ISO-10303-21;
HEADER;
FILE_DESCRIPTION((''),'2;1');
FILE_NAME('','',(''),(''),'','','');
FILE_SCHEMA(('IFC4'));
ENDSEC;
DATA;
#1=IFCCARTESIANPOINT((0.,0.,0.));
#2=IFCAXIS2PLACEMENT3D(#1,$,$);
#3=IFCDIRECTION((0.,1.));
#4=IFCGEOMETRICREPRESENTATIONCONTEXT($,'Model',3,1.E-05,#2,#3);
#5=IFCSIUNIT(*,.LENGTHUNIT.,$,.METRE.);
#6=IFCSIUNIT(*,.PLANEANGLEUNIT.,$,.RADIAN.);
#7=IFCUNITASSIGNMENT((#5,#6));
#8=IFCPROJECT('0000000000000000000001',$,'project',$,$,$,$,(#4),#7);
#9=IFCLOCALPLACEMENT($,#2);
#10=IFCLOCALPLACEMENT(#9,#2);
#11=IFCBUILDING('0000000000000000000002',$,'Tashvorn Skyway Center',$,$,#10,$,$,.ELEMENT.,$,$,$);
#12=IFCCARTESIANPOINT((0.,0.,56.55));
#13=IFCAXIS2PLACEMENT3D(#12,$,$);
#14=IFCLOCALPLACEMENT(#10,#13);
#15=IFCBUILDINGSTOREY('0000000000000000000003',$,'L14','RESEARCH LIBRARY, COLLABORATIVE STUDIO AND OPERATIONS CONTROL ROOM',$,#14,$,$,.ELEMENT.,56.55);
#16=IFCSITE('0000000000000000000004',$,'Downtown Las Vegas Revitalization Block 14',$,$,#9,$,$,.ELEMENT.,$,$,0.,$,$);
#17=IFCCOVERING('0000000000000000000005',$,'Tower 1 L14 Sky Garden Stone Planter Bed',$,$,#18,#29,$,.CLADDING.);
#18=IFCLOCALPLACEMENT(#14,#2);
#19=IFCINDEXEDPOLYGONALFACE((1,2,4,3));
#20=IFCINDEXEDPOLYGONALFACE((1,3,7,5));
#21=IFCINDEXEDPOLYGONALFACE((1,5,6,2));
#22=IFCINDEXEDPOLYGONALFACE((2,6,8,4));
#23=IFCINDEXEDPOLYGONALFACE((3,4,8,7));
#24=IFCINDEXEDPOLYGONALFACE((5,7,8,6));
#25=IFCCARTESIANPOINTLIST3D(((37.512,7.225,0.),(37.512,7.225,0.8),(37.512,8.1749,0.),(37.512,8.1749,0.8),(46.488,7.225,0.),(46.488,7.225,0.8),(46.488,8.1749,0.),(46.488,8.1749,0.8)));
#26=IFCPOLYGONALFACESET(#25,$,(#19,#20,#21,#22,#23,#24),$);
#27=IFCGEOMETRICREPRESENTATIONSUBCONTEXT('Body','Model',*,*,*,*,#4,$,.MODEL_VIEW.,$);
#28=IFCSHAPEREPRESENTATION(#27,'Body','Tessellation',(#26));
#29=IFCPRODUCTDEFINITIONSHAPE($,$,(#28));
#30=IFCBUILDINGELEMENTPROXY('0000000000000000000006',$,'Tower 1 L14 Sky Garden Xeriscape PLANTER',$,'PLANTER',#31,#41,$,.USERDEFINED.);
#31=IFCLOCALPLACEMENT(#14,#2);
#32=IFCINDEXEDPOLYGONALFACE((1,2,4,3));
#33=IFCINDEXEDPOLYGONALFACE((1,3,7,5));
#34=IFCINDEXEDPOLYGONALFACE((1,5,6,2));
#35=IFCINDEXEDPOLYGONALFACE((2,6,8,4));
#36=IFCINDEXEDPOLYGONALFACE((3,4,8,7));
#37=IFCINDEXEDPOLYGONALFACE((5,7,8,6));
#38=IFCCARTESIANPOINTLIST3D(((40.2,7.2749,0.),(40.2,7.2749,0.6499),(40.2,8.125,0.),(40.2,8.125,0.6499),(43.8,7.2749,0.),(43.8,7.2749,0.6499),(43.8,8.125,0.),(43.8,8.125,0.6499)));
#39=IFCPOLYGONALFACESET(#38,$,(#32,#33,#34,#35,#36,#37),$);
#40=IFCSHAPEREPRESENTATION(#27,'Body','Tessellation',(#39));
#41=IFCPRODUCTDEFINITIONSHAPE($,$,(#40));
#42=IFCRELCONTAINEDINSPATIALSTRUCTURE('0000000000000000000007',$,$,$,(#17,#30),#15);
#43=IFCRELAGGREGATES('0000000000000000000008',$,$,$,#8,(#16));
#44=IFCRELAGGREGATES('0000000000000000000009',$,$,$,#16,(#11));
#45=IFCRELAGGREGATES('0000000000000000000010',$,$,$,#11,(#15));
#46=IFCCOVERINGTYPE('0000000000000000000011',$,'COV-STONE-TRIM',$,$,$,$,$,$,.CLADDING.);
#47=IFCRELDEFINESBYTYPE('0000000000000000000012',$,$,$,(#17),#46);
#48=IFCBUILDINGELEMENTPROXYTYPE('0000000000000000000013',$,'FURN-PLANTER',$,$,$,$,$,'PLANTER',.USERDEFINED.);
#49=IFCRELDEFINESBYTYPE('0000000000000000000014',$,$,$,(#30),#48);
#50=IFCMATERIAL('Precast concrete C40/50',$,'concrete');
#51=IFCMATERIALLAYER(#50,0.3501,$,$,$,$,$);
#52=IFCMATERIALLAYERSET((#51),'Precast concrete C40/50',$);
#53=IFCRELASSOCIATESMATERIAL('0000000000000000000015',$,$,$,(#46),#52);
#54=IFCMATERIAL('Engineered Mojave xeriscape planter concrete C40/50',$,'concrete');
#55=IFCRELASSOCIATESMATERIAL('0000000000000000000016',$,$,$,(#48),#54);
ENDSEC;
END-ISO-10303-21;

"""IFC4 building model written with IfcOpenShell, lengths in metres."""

from ifc_helpers import new_model, si_unit, direction, frame, origin, origin_2d, place, context, subcontext, project, spatial, rectangle, extrude, material, layer, layer_set, type_object, element, save


model = new_model("IFC4")

# Units and contexts
model_context = context("Model", 3, precision=1e-05, world=origin(), true_north=direction((0.0, 1.0)))
body_context = subcontext(model_context, "Body", "Model", "MODEL_VIEW")
ifc_project = project(units=[si_unit("LENGTHUNIT", "METRE"), si_unit("PLANEANGLEUNIT", "RADIAN")], contexts=[model_context])

# Site, building, storey
site_placement = place(None, origin())
site = spatial("IfcSite", under=ifc_project, at=site_placement, Name="Downtown Las Vegas Revitalization Block 14", CompositionType="ELEMENT", RefElevation=0.0)
building_placement = place(site_placement, origin())
building = spatial("IfcBuilding", under=site, at=building_placement, Name="Tashvorn Skyway Center", CompositionType="ELEMENT")
storey_placement = place(building_placement, frame((0.0, 0.0, 56.55)))
storey = spatial("IfcBuildingStorey", under=building, at=storey_placement, Name="L14", Description="RESEARCH LIBRARY, COLLABORATIVE STUDIO AND OPERATIONS CONTROL ROOM", CompositionType="ELEMENT", Elevation=56.55)

# Covering
ifc_material_1 = material(Name="Precast concrete C40/50", Category="concrete")
ifc_layer_1 = layer(ifc_material_1, 0.3501)
ifc_layer_set_1 = layer_set([ifc_layer_1], Name="Precast concrete C40/50")
covering_type = type_object("IfcCoveringType", Name="COV-STONE-TRIM", PredefinedType="CLADDING", material=ifc_layer_set_1)
covering_1_placement = place(storey_placement, frame((42.0, 7.7, 0.0), z_axis=(0.0, 0.0, 1.0), x_axis=(-1.0, 0.0, 0.0)))
element("IfcCovering", 1, at=covering_1_placement, inside=storey, type_object=covering_type, Name="Tower 1 L14 Sky Garden Stone Planter Bed", PredefinedType="CLADDING", context=body_context, shape_type="SweptSolid", body=[
    extrude(rectangle(XDim=8.9761, YDim=0.95, at=origin_2d()), origin(), (0.0, 0.0, 1.0), 0.8),
])

# Building element proxy
ifc_material_2 = material(Name="Engineered Mojave xeriscape planter concrete C40/50", Category="concrete")
building_element_proxy_type = type_object("IfcBuildingElementProxyType", Name="FURN-PLANTER", ElementType="PLANTER", PredefinedType="USERDEFINED", material=ifc_material_2)
proxy_placement = place(storey_placement, frame((42.0, 7.7, 0.0), z_axis=(0.0, 0.0, 1.0), x_axis=(-1.0, 0.0, 0.0)))
element("IfcBuildingElementProxy", 2, at=proxy_placement, inside=storey, type_object=building_element_proxy_type, Name="Tower 1 L14 Sky Garden Xeriscape PLANTER", ObjectType="PLANTER", PredefinedType="USERDEFINED", context=body_context, shape_type="SweptSolid", body=[
    extrude(rectangle(XDim=3.6001, YDim=0.8501, at=origin_2d()), origin(), (0.0, 0.0, 1.0), 0.6499),
])

save(model, "model.ifc")
